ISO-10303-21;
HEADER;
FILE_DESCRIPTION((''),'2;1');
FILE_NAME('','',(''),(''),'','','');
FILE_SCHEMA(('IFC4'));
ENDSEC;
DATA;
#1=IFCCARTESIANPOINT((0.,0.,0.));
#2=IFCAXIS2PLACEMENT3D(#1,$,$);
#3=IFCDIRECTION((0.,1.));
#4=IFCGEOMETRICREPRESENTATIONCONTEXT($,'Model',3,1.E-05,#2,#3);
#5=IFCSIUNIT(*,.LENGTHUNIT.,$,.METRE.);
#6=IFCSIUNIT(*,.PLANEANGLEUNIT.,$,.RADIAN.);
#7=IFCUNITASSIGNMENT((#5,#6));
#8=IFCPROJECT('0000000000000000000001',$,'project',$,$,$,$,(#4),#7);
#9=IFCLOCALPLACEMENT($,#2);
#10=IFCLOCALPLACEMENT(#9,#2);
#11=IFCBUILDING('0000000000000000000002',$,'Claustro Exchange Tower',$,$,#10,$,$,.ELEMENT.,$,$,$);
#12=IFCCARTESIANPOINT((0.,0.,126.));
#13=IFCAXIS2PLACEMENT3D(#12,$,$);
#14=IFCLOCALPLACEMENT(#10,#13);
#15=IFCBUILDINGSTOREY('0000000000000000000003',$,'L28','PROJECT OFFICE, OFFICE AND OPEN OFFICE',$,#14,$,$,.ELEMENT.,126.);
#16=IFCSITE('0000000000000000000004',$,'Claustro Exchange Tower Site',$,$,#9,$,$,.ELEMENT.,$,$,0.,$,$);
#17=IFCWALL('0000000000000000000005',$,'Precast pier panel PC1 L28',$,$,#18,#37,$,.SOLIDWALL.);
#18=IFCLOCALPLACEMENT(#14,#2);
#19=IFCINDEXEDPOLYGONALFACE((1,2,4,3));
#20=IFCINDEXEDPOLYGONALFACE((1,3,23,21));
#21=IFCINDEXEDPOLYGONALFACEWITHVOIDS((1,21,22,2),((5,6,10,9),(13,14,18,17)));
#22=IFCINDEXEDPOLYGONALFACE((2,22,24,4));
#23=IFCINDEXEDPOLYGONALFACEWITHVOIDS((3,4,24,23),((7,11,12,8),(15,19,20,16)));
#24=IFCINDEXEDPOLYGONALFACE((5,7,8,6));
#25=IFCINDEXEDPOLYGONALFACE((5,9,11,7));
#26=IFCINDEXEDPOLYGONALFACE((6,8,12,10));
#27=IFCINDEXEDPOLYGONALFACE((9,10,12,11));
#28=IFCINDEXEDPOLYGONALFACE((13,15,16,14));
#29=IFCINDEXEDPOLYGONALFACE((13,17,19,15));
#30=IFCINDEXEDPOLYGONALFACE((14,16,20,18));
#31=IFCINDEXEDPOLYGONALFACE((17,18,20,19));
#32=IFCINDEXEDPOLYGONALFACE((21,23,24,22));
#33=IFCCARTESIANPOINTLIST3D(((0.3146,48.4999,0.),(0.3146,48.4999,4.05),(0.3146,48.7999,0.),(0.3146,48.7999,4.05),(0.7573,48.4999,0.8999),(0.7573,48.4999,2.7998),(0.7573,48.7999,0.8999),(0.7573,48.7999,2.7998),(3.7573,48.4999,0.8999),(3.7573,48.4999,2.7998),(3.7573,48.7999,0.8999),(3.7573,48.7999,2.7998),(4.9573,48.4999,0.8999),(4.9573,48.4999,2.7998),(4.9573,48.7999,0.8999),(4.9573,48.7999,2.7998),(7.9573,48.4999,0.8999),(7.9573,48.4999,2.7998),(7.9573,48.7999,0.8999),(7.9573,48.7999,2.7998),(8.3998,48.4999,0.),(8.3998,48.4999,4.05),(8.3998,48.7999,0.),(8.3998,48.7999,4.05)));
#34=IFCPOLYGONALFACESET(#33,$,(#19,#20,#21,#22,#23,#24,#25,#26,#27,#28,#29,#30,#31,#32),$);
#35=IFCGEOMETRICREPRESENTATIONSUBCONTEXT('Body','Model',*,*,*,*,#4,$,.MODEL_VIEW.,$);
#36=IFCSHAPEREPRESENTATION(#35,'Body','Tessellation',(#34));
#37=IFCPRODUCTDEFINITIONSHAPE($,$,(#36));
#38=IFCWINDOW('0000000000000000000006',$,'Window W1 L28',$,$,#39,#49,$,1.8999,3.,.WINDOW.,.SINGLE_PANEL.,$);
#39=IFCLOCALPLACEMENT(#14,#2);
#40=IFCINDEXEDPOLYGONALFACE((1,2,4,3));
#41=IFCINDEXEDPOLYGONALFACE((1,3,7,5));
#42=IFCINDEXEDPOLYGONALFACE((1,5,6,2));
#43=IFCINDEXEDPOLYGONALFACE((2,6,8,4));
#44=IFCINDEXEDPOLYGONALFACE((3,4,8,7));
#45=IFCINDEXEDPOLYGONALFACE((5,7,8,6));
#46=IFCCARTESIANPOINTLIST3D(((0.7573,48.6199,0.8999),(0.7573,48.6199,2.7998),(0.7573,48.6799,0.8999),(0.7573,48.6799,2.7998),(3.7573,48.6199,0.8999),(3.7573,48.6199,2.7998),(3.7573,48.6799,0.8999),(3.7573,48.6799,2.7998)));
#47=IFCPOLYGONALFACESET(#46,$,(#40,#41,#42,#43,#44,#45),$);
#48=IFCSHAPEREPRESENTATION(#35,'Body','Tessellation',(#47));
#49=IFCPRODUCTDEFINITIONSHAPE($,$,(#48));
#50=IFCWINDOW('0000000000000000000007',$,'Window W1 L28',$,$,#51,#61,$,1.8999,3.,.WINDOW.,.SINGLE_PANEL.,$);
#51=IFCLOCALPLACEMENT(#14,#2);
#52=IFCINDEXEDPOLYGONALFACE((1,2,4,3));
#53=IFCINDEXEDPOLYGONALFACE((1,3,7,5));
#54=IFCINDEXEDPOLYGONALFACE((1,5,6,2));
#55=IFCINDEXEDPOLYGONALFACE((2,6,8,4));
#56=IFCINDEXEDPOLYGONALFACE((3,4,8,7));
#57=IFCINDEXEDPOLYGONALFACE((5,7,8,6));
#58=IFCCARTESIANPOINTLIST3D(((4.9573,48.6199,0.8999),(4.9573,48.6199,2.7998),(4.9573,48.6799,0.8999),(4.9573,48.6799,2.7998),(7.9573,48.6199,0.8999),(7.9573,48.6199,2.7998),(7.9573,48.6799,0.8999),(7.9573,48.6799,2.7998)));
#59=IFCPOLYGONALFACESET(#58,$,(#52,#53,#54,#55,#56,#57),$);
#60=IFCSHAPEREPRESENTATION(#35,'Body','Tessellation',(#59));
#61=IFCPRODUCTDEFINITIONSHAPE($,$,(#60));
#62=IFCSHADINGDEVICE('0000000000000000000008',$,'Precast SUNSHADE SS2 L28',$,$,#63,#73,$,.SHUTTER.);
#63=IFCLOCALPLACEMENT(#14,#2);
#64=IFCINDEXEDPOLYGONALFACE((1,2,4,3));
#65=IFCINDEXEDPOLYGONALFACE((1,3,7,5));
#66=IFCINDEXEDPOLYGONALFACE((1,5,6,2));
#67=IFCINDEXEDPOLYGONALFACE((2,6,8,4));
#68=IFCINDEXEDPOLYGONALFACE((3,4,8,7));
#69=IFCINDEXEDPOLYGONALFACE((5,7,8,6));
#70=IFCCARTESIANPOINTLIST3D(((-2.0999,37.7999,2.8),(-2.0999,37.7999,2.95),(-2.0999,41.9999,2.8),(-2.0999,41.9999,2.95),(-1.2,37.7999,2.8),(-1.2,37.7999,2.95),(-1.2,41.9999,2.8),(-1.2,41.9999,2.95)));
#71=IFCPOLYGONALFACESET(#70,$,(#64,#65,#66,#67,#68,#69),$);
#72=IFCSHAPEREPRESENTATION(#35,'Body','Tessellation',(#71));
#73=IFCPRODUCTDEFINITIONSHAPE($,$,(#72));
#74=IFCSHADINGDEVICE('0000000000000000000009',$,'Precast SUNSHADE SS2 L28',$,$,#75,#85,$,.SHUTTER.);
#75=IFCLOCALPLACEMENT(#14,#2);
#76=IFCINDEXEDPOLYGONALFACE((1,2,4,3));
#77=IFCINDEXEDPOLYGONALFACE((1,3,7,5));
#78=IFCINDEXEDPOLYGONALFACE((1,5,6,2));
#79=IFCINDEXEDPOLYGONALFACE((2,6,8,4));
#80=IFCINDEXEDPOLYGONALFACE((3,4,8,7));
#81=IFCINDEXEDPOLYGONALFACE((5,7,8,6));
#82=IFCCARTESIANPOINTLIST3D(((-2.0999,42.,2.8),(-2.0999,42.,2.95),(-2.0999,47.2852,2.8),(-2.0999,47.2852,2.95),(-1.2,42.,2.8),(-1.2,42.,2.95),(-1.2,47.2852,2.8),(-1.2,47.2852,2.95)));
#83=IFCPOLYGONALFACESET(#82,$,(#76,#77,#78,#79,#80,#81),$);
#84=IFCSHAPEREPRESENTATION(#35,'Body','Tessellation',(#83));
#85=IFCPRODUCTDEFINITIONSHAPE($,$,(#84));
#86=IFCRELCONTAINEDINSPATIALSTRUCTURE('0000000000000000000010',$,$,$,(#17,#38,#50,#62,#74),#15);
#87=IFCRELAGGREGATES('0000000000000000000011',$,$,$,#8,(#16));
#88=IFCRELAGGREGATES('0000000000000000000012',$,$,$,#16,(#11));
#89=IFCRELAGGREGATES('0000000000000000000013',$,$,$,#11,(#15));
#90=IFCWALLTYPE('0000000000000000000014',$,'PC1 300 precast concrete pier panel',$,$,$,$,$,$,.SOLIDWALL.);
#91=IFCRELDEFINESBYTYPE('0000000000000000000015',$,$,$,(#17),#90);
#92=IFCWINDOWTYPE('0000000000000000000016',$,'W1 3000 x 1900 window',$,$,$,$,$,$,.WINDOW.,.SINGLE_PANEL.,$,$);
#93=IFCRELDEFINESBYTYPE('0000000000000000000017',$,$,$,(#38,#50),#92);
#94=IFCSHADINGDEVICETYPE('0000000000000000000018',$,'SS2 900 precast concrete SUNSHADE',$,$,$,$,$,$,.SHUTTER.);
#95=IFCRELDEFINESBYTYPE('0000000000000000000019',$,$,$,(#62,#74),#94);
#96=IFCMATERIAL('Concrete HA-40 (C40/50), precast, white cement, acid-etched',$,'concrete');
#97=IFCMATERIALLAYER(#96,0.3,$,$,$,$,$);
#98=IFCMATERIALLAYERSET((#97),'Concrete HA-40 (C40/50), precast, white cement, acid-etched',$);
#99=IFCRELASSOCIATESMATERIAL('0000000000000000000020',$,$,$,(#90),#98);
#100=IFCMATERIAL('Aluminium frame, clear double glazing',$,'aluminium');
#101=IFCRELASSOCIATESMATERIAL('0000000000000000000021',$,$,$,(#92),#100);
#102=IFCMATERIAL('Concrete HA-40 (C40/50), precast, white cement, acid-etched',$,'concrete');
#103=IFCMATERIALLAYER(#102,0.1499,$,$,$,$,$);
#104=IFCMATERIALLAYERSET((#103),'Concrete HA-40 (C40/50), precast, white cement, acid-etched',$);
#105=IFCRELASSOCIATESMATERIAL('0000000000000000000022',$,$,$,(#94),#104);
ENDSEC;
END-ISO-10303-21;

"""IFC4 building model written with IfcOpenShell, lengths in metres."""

from ifc_helpers import new_model, si_unit, direction, frame, frame_2d, origin, origin_2d, place, context, subcontext, project, spatial, rectangle, extrude, material, layer, layer_set, type_object, element, fill, save


model = new_model("IFC4")

# Units and contexts
model_context = context("Model", 3, precision=1e-05, world=origin(), true_north=direction((0.0, 1.0)))
body_context = subcontext(model_context, "Body", "Model", "MODEL_VIEW")
ifc_project = project(units=[si_unit("LENGTHUNIT", "METRE"), si_unit("PLANEANGLEUNIT", "RADIAN")], contexts=[model_context])

# Site, building, storey
site_placement = place(None, origin())
site = spatial("IfcSite", under=ifc_project, at=site_placement, Name="Claustro Exchange Tower Site", CompositionType="ELEMENT", RefElevation=0.0)
building_placement = place(site_placement, origin())
building = spatial("IfcBuilding", under=site, at=building_placement, Name="Claustro Exchange Tower", CompositionType="ELEMENT")
storey_placement = place(building_placement, frame((0.0, 0.0, 126.0)))
storey = spatial("IfcBuildingStorey", under=building, at=storey_placement, Name="L28", Description="PROJECT OFFICE, OFFICE AND OPEN OFFICE", CompositionType="ELEMENT", Elevation=126.0)

# Shared definitions
ifc_material_1 = material(Name="Concrete HA-40 (C40/50), precast, white cement, acid-etched", Category="concrete")
ifc_layer_1 = layer(ifc_material_1, 0.3)
ifc_layer_set_1 = layer_set([ifc_layer_1], Name="Concrete HA-40 (C40/50), precast, white cement, acid-etched")
wall_type_1 = type_object("IfcWallType", Name="PC1 300 precast concrete pier panel", PredefinedType="SOLIDWALL", material=ifc_layer_set_1)

# Wall, openings, windows
wall_1_placement = place(storey_placement, frame((0.3147, 48.6499, 0.0), z_axis=(0.0, 0.0, 1.0), x_axis=(1.0, 0.0, 0.0)))
wall_1 = element("IfcWall", 1, at=wall_1_placement, inside=storey, type_object=wall_type_1, Name="Precast pier panel PC1 L28", PredefinedType="SOLIDWALL", context=body_context, shape_type="SweptSolid", body=[
    extrude(rectangle(XDim=8.0852, YDim=0.3, at=frame_2d((4.0425, 0.0))), origin(), (0.0, 0.0, 1.0), 4.05),
])
opening_1_placement = place(wall_1_placement, frame((0.4426, 0.0, 0.8999)))
opening_1 = element("IfcOpeningElement", 2, at=opening_1_placement, cuts=wall_1, PredefinedType="OPENING", context=body_context, shape_type="SweptSolid", body=[
    extrude(rectangle(XDim=3.0, YDim=1.8999, at=frame_2d((1.5, 0.95))), frame((0.0, 0.1599, 0.0), z_axis=(0.0, -1.0, 0.0), x_axis=(1.0, 0.0, 0.0)), (0.0, 0.0, 1.0), 0.3201),
])
opening_2_placement = place(wall_1_placement, frame((4.6426, 0.0, 0.8999)))
opening_2 = element("IfcOpeningElement", 3, at=opening_2_placement, cuts=wall_1, PredefinedType="OPENING", context=body_context, shape_type="SweptSolid", body=[
    extrude(rectangle(XDim=3.0, YDim=1.8999, at=frame_2d((1.5, 0.95))), frame((0.0, 0.1599, 0.0), z_axis=(0.0, -1.0, 0.0), x_axis=(1.0, 0.0, 0.0)), (0.0, 0.0, 1.0), 0.3201),
])
ifc_material_2 = material(Name="Aluminium frame, clear double glazing", Category="aluminium")
window_type_1 = type_object("IfcWindowType", Name="W1 3000 x 1900 window", PartitioningType="SINGLE_PANEL", PredefinedType="WINDOW", material=ifc_material_2)
window_1_placement = place(opening_1_placement, origin())
window_1 = element("IfcWindow", 4, at=window_1_placement, inside=storey, type_object=window_type_1, Name="Window W1 L28", OverallHeight=1.8999, OverallWidth=3.0, PartitioningType="SINGLE_PANEL", PredefinedType="WINDOW", context=body_context, shape_type="SweptSolid", body=[
    extrude(rectangle(XDim=3.0, YDim=1.8999, at=frame_2d((1.5, 0.95))), frame((0.0, 0.03, 0.0), z_axis=(0.0, -1.0, 0.0), x_axis=(1.0, 0.0, 0.0)), (0.0, 0.0, 1.0), 0.0601),
])
fill(opening_1, window_1)
window_2_placement = place(opening_2_placement, origin())
window_2 = element("IfcWindow", 5, at=window_2_placement, inside=storey, type_object=window_type_1, Name="Window W1 L28", OverallHeight=1.8999, OverallWidth=3.0, PartitioningType="SINGLE_PANEL", PredefinedType="WINDOW", context=body_context, shape_type="SweptSolid", body=[
    extrude(rectangle(XDim=3.0, YDim=1.8999, at=frame_2d((1.5, 0.95))), frame((0.0, 0.03, 0.0), z_axis=(0.0, -1.0, 0.0), x_axis=(1.0, 0.0, 0.0)), (0.0, 0.0, 1.0), 0.0601),
])
fill(opening_2, window_2)

# Shading devices
ifc_material_3 = material(Name="Concrete HA-40 (C40/50), precast, white cement, acid-etched", Category="concrete")
ifc_layer_2 = layer(ifc_material_3, 0.1499)
ifc_layer_set_2 = layer_set([ifc_layer_2], Name="Concrete HA-40 (C40/50), precast, white cement, acid-etched")
shading_device_type = type_object("IfcShadingDeviceType", Name="SS2 900 precast concrete SUNSHADE", PredefinedType="SHUTTER", material=ifc_layer_set_2)
shading_device_1_placement = place(storey_placement, frame((-1.6499, 39.8999, 2.8), z_axis=(0.0, 0.0, 1.0), x_axis=(0.0, 1.0, 0.0)))
element("IfcShadingDevice", 6, at=shading_device_1_placement, inside=storey, type_object=shading_device_type, Name="Precast SUNSHADE SS2 L28", PredefinedType="SHUTTER", context=body_context, shape_type="SweptSolid", body=[
    extrude(rectangle(XDim=4.2, YDim=0.8999, at=origin_2d()), origin(), (0.0, 0.0, 1.0), 0.1499),
])
shading_device_2_placement = place(storey_placement, frame((-1.6499, 44.6426, 2.8), z_axis=(0.0, 0.0, 1.0), x_axis=(0.0, 1.0, 0.0)))
element("IfcShadingDevice", 7, at=shading_device_2_placement, inside=storey, type_object=shading_device_type, Name="Precast SUNSHADE SS2 L28", PredefinedType="SHUTTER", context=body_context, shape_type="SweptSolid", body=[
    extrude(rectangle(XDim=5.2852, YDim=0.8999, at=origin_2d()), origin(), (0.0, 0.0, 1.0), 0.1499),
])

save(model, "model.ifc")
